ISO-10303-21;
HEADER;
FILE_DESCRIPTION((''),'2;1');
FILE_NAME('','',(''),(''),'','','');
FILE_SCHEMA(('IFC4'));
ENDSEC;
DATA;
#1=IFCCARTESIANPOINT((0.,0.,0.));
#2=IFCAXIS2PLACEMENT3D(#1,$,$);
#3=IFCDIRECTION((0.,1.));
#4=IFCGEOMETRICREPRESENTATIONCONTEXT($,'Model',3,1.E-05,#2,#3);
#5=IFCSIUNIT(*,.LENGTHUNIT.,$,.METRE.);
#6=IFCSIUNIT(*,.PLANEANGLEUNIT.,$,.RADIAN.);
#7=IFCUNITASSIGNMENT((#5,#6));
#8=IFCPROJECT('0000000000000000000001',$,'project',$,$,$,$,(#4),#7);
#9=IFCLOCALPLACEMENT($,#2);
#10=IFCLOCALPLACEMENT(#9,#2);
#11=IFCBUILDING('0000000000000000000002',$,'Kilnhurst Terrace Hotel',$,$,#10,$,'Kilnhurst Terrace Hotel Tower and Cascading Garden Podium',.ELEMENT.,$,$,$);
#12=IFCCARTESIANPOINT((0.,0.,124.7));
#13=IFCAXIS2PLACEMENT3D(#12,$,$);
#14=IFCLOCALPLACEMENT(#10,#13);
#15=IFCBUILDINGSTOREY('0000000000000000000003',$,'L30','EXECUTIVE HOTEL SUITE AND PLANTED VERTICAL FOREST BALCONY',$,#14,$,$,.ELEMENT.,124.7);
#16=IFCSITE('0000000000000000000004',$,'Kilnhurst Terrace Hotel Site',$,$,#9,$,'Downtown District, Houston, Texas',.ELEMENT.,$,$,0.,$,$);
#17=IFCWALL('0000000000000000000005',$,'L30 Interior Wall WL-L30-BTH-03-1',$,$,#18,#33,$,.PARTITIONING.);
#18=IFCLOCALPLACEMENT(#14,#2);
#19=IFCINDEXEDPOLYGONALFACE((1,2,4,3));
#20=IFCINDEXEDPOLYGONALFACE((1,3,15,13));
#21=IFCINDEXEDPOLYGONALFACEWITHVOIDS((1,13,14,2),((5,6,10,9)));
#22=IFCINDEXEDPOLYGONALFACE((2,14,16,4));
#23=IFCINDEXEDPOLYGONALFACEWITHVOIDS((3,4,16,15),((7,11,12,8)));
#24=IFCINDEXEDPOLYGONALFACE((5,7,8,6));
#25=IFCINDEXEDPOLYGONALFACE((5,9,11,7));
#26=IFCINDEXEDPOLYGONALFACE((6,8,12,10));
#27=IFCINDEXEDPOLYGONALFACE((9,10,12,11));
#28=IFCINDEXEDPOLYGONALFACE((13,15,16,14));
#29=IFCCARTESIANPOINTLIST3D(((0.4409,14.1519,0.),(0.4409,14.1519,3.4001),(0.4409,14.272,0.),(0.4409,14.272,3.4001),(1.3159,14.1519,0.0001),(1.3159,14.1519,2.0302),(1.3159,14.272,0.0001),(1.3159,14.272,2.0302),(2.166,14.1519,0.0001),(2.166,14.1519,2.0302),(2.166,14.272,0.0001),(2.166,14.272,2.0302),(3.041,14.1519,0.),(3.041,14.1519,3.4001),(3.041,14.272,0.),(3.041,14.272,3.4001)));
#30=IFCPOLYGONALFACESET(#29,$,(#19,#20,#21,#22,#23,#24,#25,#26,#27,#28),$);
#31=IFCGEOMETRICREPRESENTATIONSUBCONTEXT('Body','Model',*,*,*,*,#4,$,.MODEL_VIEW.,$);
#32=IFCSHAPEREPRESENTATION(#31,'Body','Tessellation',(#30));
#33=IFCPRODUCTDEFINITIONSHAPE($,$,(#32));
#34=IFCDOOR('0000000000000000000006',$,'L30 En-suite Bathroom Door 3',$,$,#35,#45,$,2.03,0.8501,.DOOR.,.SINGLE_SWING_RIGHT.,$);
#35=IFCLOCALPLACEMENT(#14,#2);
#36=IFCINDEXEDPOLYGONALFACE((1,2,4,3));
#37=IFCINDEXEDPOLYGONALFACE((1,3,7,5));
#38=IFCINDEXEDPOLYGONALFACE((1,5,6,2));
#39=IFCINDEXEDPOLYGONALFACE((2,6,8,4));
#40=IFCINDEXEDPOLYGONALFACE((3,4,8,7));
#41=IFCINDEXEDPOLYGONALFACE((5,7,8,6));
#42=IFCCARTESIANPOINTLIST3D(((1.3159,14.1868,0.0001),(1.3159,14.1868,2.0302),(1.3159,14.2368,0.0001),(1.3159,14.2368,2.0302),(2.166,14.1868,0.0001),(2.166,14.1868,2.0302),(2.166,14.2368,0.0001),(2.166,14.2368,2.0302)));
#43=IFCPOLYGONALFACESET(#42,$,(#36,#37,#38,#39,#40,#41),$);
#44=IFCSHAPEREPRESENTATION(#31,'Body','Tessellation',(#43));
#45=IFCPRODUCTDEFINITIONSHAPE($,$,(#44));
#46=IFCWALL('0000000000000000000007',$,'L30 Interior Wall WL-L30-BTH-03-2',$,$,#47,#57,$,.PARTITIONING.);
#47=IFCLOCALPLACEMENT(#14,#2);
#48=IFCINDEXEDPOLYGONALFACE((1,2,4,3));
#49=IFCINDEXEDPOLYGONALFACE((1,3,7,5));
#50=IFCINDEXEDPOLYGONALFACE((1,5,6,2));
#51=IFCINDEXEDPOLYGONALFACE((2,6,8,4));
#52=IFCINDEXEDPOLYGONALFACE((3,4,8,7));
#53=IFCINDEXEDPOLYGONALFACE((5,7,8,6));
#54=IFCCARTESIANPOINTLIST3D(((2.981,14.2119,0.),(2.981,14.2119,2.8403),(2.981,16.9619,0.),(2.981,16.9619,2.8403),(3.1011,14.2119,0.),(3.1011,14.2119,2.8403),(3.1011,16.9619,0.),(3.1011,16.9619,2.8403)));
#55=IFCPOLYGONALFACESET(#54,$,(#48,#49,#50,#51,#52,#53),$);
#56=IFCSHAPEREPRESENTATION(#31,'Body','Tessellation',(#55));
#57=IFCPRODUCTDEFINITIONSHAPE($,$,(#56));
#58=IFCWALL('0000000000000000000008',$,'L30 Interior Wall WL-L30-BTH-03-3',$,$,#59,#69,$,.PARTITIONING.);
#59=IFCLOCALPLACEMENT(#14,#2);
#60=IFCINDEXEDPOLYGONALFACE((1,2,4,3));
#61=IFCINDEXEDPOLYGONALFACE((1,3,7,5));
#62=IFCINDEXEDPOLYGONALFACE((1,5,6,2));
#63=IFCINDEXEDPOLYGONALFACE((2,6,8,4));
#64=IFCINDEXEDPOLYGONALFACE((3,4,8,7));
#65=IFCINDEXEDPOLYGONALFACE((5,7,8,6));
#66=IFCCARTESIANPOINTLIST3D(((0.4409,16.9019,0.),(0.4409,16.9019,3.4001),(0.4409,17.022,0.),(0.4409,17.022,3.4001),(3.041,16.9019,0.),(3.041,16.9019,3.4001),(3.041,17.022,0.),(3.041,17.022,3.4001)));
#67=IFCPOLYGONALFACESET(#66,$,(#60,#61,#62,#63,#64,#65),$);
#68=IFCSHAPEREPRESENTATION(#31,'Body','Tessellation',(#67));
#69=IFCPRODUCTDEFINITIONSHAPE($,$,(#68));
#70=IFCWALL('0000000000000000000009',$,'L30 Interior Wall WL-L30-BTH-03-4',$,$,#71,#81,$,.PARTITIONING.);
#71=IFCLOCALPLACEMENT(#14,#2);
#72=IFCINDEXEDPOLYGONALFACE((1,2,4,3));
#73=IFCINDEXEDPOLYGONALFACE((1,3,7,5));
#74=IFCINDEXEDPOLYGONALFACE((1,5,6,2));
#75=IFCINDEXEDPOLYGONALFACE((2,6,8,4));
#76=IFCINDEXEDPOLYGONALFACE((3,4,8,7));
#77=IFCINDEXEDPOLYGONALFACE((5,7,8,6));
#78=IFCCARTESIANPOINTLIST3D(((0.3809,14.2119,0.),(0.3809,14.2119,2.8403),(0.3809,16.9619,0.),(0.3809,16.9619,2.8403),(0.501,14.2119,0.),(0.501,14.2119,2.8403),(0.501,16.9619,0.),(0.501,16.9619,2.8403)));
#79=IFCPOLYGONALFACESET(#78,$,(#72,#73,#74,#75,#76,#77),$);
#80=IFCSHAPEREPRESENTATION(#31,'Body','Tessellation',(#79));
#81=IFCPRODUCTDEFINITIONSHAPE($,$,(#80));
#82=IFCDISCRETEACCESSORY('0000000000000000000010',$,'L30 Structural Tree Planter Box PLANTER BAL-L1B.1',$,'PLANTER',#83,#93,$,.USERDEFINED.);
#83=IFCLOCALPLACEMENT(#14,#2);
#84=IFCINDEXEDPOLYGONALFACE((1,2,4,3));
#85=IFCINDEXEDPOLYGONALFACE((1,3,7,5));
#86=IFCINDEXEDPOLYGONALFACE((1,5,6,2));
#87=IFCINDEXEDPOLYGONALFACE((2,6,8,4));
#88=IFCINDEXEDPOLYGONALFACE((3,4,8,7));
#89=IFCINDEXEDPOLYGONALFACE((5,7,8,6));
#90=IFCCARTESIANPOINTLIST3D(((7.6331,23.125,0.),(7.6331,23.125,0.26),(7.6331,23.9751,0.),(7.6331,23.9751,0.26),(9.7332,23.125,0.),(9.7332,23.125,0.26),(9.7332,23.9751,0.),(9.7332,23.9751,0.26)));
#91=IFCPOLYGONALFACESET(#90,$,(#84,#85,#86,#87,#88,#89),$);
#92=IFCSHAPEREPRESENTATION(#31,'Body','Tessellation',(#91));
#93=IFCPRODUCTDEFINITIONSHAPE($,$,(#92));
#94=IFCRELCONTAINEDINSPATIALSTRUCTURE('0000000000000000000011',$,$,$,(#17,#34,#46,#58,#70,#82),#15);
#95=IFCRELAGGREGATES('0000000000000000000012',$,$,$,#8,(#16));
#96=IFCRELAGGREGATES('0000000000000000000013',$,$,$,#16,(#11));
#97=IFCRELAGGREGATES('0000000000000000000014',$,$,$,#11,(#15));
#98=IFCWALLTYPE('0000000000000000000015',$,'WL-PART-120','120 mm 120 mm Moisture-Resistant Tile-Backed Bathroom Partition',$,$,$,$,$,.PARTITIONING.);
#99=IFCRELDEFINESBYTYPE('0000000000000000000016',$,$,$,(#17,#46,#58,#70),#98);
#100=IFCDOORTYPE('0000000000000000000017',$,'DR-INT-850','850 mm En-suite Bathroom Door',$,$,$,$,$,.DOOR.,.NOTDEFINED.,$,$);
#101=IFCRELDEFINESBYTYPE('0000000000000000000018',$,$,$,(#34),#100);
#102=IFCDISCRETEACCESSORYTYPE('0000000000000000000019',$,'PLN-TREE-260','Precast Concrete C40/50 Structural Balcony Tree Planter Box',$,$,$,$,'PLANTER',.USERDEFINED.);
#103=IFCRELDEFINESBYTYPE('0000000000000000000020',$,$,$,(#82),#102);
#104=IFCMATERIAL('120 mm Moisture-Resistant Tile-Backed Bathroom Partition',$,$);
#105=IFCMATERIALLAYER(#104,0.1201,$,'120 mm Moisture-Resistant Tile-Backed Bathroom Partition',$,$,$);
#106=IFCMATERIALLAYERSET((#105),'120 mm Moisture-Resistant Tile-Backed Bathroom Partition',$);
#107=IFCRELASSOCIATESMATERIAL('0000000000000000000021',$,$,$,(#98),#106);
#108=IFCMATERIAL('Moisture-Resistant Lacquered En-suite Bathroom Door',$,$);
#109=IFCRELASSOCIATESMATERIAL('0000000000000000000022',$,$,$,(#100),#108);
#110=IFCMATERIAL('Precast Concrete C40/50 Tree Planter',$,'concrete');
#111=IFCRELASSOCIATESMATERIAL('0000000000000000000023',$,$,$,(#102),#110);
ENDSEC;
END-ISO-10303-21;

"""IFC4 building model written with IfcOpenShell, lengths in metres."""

from ifc_helpers import new_model, si_unit, direction, frame, frame_2d, origin, origin_2d, place, context, subcontext, project, spatial, rectangle, extrude, material, layer, layer_set, type_object, element, fill, save


model = new_model("IFC4")

# Units and contexts
model_context = context("Model", 3, precision=1e-05, world=origin(), true_north=direction((0.0, 1.0)))
body_context = subcontext(model_context, "Body", "Model", "MODEL_VIEW")
ifc_project = project(units=[si_unit("LENGTHUNIT", "METRE"), si_unit("PLANEANGLEUNIT", "RADIAN")], contexts=[model_context])

# Site, building, storey
site_placement = place(None, origin())
site = spatial("IfcSite", under=ifc_project, at=site_placement, Name="Kilnhurst Terrace Hotel Site", LongName="Downtown District, Houston, Texas", CompositionType="ELEMENT", RefElevation=0.0)
building_placement = place(site_placement, origin())
building = spatial("IfcBuilding", under=site, at=building_placement, Name="Kilnhurst Terrace Hotel", LongName="Kilnhurst Terrace Hotel Tower and Cascading Garden Podium", CompositionType="ELEMENT")
storey_placement = place(building_placement, frame((0.0, 0.0, 124.7)))
storey = spatial("IfcBuildingStorey", under=building, at=storey_placement, Name="L30", Description="EXECUTIVE HOTEL SUITE AND PLANTED VERTICAL FOREST BALCONY", CompositionType="ELEMENT", Elevation=124.7)

# Wall, opening, door
ifc_material_1 = material(Name="120 mm Moisture-Resistant Tile-Backed Bathroom Partition")
ifc_layer_1 = layer(ifc_material_1, 0.1201, Name="120 mm Moisture-Resistant Tile-Backed Bathroom Partition")
ifc_layer_set_1 = layer_set([ifc_layer_1], Name="120 mm Moisture-Resistant Tile-Backed Bathroom Partition")
wall_type_1 = type_object("IfcWallType", Name="WL-PART-120", Description="120 mm 120 mm Moisture-Resistant Tile-Backed Bathroom Partition", PredefinedType="PARTITIONING", material=ifc_layer_set_1)
wall_1_placement = place(storey_placement, frame((0.4409, 14.2119, 0.0), z_axis=(0.0, 0.0, 1.0), x_axis=(1.0, 0.0, 0.0)))
wall_1 = element("IfcWall", 1, at=wall_1_placement, inside=storey, type_object=wall_type_1, Name="L30 Interior Wall WL-L30-BTH-03-1", PredefinedType="PARTITIONING", context=body_context, shape_type="SweptSolid", body=[
    extrude(rectangle(XDim=2.6001, YDim=0.1201, at=frame_2d((1.3, 0.0))), origin(), (0.0, 0.0, 1.0), 3.4001),
])
opening_placement = place(wall_1_placement, frame((0.875, 0.0, 0.0)))
opening = element("IfcOpeningElement", 2, at=opening_placement, cuts=wall_1, PredefinedType="OPENING", context=body_context, shape_type="SweptSolid", body=[
    extrude(rectangle(XDim=0.8501, YDim=2.03, at=frame_2d((0.425, 1.0151))), frame((0.0, 0.0701, 0.0), z_axis=(0.0, -1.0, 0.0), x_axis=(1.0, 0.0, 0.0)), (0.0, 0.0, 1.0), 0.1401),
])
ifc_material_2 = material(Name="Moisture-Resistant Lacquered En-suite Bathroom Door")
door_type = type_object("IfcDoorType", Name="DR-INT-850", Description="850 mm En-suite Bathroom Door", OperationType="NOTDEFINED", PredefinedType="DOOR", material=ifc_material_2)
door_placement = place(opening_placement, origin())
door = element("IfcDoor", 3, at=door_placement, inside=storey, type_object=door_type, Name="L30 En-suite Bathroom Door 3", OperationType="SINGLE_SWING_RIGHT", OverallHeight=2.03, OverallWidth=0.8501, PredefinedType="DOOR", context=body_context, shape_type="SweptSolid", body=[
    extrude(rectangle(XDim=0.8501, YDim=2.03, at=frame_2d((0.425, 1.0151))), frame((0.0, 0.0249, 0.0), z_axis=(0.0, -1.0, 0.0), x_axis=(1.0, 0.0, 0.0)), (0.0, 0.0, 1.0), 0.05),
])
fill(opening, door)

# Walls
wall_2_placement = place(storey_placement, frame((3.041, 14.2119, 0.0), z_axis=(0.0, 0.0, 1.0), x_axis=(0.0, 1.0, 0.0)))
element("IfcWall", 4, at=wall_2_placement, inside=storey, type_object=wall_type_1, Name="L30 Interior Wall WL-L30-BTH-03-2", PredefinedType="PARTITIONING", context=body_context, shape_type="SweptSolid", body=[
    extrude(rectangle(XDim=2.75, YDim=0.1201, at=frame_2d((1.375, 0.0))), origin(), (0.0, 0.0, 1.0), 2.8403),
])
wall_3_placement = place(storey_placement, frame((3.041, 16.9619, 0.0), z_axis=(0.0, 0.0, 1.0), x_axis=(-1.0, 0.0, 0.0)))
element("IfcWall", 5, at=wall_3_placement, inside=storey, type_object=wall_type_1, Name="L30 Interior Wall WL-L30-BTH-03-3", PredefinedType="PARTITIONING", context=body_context, shape_type="SweptSolid", body=[
    extrude(rectangle(XDim=2.6001, YDim=0.1201, at=frame_2d((1.3, 0.0))), origin(), (0.0, 0.0, 1.0), 3.4001),
])
wall_4_placement = place(storey_placement, frame((0.4409, 16.9619, 0.0), z_axis=(0.0, 0.0, 1.0), x_axis=(0.0, -1.0, 0.0)))
element("IfcWall", 6, at=wall_4_placement, inside=storey, type_object=wall_type_1, Name="L30 Interior Wall WL-L30-BTH-03-4", PredefinedType="PARTITIONING", context=body_context, shape_type="SweptSolid", body=[
    extrude(rectangle(XDim=2.75, YDim=0.1201, at=frame_2d((1.375, 0.0))), origin(), (0.0, 0.0, 1.0), 2.8403),
])

# Discrete accessory
ifc_material_3 = material(Name="Precast Concrete C40/50 Tree Planter", Category="concrete")
discrete_accessory_type = type_object("IfcDiscreteAccessoryType", Name="PLN-TREE-260", Description="Precast Concrete C40/50 Structural Balcony Tree Planter Box", ElementType="PLANTER", PredefinedType="USERDEFINED", material=ifc_material_3)
discrete_accessory_placement = place(storey_placement, frame((8.6831, 23.55, 0.0), z_axis=(0.0, 0.0, 1.0), x_axis=(-1.0, 0.0, 0.0)))
element("IfcDiscreteAccessory", 7, at=discrete_accessory_placement, inside=storey, type_object=discrete_accessory_type, Name="L30 Structural Tree Planter Box PLANTER BAL-L1B.1", ObjectType="PLANTER", PredefinedType="USERDEFINED", context=body_context, shape_type="SweptSolid", body=[
    extrude(rectangle(XDim=2.1001, YDim=0.8501, at=origin_2d()), origin(), (0.0, 0.0, 1.0), 0.26),
])

save(model, "model.ifc")
